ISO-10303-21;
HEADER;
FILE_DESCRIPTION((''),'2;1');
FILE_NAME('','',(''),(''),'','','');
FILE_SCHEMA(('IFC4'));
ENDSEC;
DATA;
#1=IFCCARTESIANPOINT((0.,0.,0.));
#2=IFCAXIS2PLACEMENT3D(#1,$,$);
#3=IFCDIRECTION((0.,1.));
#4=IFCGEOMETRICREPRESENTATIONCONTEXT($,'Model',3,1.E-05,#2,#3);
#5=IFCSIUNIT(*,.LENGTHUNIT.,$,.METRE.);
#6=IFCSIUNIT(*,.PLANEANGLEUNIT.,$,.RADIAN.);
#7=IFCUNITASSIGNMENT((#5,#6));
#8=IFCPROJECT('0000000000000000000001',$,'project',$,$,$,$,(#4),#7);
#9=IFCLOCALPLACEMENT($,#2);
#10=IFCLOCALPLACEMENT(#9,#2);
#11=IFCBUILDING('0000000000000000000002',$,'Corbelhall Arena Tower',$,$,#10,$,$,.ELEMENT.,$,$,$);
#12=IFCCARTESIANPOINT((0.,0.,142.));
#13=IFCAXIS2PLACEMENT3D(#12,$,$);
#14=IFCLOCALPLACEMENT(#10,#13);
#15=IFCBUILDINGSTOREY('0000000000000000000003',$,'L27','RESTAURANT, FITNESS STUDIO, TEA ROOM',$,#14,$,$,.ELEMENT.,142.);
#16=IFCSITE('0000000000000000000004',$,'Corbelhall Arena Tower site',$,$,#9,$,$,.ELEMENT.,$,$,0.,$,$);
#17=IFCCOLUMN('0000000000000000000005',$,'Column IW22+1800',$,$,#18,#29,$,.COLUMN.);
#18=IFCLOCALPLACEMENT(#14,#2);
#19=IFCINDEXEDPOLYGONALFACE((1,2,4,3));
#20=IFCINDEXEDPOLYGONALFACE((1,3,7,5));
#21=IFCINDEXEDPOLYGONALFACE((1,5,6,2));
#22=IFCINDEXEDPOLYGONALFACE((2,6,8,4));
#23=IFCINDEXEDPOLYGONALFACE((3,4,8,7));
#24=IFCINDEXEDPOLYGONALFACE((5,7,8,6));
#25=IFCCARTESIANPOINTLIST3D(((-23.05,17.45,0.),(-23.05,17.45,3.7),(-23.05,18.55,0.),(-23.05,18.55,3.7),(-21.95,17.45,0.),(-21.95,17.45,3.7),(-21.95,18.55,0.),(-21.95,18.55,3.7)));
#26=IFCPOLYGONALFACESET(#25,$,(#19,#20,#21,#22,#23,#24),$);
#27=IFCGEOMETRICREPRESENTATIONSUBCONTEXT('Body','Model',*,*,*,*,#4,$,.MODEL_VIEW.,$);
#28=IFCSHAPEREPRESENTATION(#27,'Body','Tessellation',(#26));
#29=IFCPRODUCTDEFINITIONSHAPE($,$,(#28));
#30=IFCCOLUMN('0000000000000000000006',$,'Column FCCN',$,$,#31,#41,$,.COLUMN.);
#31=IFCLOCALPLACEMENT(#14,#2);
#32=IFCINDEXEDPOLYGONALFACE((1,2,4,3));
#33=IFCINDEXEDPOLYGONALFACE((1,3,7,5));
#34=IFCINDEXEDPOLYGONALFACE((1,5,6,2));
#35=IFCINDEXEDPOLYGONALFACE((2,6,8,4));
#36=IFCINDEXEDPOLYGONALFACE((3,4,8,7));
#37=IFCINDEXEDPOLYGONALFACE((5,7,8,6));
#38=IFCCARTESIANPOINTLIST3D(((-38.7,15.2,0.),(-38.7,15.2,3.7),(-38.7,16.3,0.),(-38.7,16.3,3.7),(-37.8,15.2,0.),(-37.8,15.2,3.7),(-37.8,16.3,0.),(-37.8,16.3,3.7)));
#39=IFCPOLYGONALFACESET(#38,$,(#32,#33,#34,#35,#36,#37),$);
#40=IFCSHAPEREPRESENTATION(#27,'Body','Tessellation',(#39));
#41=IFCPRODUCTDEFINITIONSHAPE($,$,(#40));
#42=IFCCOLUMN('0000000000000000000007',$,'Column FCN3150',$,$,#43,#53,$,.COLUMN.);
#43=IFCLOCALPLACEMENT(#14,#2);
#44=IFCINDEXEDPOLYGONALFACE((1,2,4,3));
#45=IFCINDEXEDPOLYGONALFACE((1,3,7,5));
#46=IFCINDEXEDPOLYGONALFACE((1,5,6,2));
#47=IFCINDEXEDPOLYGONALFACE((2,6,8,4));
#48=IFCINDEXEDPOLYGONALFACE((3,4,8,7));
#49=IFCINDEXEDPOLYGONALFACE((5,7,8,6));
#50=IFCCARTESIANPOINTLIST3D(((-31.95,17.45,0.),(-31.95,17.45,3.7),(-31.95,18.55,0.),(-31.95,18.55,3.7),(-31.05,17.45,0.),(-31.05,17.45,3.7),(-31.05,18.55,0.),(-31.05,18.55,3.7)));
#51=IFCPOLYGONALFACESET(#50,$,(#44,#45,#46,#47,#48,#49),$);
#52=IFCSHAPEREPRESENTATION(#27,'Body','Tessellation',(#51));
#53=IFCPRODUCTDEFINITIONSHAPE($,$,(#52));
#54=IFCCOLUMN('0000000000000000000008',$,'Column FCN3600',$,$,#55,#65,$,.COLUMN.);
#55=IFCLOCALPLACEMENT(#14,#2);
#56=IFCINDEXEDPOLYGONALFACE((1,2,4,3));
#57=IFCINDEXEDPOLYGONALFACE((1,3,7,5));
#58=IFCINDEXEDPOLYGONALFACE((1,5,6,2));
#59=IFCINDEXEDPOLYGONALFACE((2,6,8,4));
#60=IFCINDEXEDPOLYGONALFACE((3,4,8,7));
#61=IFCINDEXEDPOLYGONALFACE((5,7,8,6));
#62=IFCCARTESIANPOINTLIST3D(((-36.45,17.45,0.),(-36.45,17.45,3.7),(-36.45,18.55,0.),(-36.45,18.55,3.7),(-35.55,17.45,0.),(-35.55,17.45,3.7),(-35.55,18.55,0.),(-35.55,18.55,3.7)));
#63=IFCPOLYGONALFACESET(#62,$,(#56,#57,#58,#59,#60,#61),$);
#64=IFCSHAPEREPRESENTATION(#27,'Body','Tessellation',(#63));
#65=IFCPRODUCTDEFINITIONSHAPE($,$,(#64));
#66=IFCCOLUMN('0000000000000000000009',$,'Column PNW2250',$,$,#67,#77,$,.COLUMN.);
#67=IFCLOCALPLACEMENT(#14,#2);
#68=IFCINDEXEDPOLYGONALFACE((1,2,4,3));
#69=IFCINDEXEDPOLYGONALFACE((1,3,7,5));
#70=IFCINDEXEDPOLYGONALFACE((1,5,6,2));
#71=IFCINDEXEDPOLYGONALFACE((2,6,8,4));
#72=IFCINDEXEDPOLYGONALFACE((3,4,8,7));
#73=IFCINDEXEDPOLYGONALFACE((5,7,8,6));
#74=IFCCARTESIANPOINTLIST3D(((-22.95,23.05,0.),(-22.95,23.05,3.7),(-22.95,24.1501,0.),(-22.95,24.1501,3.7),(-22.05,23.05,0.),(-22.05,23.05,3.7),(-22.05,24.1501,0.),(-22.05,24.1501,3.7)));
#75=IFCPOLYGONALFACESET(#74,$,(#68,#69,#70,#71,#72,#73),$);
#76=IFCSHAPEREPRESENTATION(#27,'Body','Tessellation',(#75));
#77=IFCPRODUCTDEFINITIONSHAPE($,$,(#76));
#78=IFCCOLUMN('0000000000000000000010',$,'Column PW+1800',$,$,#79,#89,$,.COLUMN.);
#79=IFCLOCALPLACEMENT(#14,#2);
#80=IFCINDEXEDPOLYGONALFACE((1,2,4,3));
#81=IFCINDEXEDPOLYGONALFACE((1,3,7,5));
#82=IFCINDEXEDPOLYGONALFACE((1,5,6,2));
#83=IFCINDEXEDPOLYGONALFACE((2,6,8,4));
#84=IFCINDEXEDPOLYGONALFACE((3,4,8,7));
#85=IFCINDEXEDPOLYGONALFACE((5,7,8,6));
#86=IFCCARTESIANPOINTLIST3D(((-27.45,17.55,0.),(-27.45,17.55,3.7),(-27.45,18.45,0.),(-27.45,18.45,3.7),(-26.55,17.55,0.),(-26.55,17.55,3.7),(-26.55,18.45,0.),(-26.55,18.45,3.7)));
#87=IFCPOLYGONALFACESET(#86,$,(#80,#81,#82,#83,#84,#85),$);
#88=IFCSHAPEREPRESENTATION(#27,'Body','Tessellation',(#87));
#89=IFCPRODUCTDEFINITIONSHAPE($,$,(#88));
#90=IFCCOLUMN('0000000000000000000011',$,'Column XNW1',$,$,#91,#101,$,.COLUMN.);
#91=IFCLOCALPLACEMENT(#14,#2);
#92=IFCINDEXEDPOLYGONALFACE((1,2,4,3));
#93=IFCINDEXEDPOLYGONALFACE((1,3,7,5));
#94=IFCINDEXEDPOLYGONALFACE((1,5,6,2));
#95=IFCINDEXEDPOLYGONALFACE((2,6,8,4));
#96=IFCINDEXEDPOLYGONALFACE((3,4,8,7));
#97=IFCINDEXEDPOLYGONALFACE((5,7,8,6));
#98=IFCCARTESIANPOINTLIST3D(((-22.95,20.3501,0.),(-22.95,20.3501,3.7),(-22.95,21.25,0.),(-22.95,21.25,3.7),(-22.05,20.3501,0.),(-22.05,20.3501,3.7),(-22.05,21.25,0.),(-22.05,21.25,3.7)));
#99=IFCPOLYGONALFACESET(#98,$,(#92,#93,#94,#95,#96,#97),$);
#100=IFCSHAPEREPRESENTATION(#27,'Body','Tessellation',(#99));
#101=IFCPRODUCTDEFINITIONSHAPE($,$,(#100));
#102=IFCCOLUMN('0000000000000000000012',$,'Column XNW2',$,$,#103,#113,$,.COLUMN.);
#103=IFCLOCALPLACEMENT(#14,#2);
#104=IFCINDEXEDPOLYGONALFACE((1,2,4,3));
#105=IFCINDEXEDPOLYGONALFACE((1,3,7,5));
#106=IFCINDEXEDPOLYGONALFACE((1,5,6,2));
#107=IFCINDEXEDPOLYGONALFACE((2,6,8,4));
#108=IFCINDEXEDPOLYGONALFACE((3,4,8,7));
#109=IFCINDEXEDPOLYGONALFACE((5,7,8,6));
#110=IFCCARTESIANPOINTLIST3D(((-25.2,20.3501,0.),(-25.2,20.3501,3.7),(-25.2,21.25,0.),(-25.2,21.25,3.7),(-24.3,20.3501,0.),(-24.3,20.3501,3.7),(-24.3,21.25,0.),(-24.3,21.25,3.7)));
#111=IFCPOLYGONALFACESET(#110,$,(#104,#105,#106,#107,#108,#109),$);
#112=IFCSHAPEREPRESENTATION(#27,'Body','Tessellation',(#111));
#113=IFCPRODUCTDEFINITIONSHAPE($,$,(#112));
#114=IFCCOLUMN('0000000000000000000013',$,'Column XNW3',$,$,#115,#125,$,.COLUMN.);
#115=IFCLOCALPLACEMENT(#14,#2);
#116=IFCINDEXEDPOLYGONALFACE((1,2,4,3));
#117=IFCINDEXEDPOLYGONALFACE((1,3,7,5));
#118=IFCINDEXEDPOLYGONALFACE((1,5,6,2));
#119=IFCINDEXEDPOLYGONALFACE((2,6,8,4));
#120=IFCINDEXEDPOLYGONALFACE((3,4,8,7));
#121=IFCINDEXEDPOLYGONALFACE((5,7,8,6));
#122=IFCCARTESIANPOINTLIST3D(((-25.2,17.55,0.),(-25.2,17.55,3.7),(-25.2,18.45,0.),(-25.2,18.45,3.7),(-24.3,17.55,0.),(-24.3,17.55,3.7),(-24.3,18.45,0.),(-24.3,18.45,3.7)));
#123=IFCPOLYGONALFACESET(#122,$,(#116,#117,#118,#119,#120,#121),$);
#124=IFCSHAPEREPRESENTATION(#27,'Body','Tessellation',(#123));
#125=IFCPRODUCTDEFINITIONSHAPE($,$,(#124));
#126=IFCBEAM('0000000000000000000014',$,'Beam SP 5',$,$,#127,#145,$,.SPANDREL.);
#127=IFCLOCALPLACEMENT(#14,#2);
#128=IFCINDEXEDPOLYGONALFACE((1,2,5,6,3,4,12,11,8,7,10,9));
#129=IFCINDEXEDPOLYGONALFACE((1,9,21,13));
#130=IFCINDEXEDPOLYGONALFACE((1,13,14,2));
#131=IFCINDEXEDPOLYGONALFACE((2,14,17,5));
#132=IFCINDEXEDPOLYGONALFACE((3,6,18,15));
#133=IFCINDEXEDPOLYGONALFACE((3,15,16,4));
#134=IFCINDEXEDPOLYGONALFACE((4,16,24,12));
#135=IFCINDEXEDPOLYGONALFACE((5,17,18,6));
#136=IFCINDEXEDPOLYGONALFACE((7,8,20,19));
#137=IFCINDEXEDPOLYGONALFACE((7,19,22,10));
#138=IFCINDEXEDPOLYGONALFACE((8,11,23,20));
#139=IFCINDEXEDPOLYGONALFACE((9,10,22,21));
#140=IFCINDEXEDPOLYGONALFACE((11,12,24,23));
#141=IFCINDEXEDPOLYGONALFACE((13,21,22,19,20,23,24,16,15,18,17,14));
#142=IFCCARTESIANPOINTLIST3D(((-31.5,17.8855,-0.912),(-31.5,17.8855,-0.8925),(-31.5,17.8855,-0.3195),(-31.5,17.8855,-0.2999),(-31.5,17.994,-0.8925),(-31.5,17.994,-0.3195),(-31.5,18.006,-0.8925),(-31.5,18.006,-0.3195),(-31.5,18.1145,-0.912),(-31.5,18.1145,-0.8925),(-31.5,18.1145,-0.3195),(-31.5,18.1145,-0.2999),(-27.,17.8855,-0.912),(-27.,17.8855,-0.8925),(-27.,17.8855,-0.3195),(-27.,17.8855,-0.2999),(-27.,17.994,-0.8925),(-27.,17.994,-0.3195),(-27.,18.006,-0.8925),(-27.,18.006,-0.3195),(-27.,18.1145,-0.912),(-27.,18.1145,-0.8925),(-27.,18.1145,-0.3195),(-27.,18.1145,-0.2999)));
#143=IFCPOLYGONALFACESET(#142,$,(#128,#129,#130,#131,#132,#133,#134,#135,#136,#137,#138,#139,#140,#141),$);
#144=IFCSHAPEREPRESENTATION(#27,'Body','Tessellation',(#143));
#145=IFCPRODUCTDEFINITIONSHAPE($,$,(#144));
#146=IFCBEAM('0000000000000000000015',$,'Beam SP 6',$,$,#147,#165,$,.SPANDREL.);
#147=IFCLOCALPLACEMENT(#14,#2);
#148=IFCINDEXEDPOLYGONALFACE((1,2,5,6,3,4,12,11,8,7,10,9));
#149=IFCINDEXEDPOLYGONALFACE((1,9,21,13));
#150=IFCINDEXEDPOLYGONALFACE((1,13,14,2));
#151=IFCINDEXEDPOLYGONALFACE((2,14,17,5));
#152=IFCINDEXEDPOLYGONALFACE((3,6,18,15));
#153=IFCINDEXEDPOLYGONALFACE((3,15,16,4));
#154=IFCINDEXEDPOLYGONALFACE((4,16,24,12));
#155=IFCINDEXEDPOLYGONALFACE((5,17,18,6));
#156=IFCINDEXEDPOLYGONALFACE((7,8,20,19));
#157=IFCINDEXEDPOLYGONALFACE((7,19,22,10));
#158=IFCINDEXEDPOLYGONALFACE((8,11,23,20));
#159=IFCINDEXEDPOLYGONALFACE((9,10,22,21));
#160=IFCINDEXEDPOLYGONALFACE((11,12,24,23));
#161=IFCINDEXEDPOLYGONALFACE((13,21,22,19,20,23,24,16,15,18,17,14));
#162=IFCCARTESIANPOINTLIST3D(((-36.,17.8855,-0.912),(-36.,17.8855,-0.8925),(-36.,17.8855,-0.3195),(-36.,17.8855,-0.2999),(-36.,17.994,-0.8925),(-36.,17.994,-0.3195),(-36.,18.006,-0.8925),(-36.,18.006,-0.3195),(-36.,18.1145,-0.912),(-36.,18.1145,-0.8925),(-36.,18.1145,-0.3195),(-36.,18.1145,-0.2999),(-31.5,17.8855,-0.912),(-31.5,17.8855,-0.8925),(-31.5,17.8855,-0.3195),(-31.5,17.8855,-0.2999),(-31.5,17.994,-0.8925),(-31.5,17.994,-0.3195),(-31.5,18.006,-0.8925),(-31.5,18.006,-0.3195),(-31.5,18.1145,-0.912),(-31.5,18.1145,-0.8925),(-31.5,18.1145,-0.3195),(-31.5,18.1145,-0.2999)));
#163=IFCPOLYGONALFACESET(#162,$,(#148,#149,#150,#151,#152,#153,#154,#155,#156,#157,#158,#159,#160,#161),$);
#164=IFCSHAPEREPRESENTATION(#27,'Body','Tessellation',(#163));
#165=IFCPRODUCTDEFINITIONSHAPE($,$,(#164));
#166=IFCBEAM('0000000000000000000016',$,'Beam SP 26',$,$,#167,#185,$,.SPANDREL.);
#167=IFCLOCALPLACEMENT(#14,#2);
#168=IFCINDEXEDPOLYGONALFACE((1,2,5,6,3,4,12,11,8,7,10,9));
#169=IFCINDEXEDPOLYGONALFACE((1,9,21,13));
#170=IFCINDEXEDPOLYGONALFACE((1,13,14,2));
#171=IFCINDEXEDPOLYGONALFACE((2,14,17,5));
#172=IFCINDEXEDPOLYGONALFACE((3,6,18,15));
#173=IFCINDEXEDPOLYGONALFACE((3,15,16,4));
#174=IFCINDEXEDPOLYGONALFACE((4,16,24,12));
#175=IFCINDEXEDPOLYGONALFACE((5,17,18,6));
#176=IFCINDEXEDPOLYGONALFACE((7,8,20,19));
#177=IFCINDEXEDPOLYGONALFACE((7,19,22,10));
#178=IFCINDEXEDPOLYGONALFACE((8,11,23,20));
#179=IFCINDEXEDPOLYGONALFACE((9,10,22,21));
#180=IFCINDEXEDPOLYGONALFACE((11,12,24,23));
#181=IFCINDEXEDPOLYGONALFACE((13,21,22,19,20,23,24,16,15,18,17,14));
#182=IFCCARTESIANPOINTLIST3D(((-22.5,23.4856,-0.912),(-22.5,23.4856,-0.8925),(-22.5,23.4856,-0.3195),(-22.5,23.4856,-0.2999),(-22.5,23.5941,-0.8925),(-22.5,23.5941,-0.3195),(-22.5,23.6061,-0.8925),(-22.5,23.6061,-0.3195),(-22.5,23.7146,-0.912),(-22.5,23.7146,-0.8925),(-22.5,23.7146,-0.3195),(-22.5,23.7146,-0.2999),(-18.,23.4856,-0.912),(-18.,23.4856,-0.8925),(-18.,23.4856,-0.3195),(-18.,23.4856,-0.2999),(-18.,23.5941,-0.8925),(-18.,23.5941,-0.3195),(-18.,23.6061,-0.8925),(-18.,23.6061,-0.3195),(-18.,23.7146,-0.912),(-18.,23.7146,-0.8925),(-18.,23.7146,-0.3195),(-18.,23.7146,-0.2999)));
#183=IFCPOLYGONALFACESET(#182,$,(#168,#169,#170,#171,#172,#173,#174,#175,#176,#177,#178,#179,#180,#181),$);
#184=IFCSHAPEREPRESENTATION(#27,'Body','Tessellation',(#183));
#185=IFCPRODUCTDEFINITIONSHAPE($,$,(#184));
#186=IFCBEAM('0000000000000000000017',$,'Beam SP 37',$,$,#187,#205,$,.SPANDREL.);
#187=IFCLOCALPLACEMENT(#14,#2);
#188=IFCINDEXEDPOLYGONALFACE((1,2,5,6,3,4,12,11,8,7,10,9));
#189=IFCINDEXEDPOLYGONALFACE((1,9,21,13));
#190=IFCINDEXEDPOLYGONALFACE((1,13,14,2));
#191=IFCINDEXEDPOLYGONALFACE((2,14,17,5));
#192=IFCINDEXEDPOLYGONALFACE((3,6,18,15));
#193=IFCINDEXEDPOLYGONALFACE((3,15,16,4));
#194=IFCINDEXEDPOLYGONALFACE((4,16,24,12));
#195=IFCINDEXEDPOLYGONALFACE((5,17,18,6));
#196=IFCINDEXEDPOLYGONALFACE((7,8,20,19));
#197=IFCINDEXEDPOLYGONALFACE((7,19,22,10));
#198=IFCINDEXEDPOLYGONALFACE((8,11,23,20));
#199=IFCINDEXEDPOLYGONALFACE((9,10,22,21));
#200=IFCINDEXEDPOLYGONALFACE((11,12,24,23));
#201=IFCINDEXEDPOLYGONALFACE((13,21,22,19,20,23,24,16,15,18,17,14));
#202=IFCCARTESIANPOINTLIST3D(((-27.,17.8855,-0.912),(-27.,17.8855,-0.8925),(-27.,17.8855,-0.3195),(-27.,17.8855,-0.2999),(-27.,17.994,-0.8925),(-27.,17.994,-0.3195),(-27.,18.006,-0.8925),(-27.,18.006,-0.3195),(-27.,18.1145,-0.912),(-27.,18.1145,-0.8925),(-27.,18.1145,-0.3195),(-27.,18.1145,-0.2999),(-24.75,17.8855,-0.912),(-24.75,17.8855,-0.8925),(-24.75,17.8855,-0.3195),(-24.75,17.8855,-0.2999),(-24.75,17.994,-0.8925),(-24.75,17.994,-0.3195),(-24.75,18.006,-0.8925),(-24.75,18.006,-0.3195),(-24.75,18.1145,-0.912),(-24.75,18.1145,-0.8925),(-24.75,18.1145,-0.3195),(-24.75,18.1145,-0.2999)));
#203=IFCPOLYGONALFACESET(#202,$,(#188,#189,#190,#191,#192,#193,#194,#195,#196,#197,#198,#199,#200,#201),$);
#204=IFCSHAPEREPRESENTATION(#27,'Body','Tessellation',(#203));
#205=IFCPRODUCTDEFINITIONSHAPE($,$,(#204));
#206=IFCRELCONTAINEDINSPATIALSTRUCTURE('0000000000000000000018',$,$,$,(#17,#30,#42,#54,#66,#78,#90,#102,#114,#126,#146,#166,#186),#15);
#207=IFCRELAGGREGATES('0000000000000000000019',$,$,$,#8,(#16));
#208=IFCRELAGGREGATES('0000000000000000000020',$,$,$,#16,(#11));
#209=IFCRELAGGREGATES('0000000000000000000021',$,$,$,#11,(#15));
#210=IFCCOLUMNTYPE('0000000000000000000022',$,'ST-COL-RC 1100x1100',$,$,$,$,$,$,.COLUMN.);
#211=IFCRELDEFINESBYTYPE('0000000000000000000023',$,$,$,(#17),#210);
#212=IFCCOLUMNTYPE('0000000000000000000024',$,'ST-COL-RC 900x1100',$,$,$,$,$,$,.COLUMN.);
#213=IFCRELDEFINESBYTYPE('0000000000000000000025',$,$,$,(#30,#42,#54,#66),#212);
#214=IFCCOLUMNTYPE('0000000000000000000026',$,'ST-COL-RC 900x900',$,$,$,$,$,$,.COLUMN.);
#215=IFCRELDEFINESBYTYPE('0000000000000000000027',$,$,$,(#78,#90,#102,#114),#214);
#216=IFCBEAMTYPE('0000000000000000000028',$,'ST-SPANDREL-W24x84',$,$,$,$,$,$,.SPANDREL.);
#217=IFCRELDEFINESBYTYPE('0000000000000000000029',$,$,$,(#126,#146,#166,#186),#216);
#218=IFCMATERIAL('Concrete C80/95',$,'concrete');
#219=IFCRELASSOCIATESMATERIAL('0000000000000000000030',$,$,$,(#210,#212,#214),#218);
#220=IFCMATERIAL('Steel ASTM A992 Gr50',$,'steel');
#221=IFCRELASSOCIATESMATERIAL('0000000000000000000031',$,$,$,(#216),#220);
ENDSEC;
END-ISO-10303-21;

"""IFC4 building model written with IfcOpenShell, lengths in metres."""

from ifc_helpers import new_model, si_unit, direction, frame, origin, origin_2d, place, context, subcontext, project, spatial, rectangle, i_section, extrude, material, material_profile, profile_set, type_object, element, save


model = new_model("IFC4")

# Units and contexts
model_context = context("Model", 3, precision=1e-05, world=origin(), true_north=direction((0.0, 1.0)))
body_context = subcontext(model_context, "Body", "Model", "MODEL_VIEW")
ifc_project = project(units=[si_unit("LENGTHUNIT", "METRE"), si_unit("PLANEANGLEUNIT", "RADIAN")], contexts=[model_context])

# Site, building, storey
site_placement = place(None, origin())
site = spatial("IfcSite", under=ifc_project, at=site_placement, Name="Corbelhall Arena Tower site", CompositionType="ELEMENT", RefElevation=0.0)
building_placement = place(site_placement, origin())
building = spatial("IfcBuilding", under=site, at=building_placement, Name="Corbelhall Arena Tower", CompositionType="ELEMENT")
storey_placement = place(building_placement, frame((0.0, 0.0, 142.0)))
storey = spatial("IfcBuildingStorey", under=building, at=storey_placement, Name="L27", Description="RESTAURANT, FITNESS STUDIO, TEA ROOM", CompositionType="ELEMENT", Elevation=142.0)

# Columns
ifc_material_1 = material(Name="Concrete C80/95", Category="concrete")
ifc_material_profile_1 = material_profile(ifc_material_1, rectangle(XDim=1.1001, YDim=1.1001, at=origin_2d()))
ifc_profile_set_1 = profile_set([ifc_material_profile_1], Name="Concrete C80/95")
column_type_1 = type_object("IfcColumnType", Name="ST-COL-RC 1100x1100", PredefinedType="COLUMN", material=ifc_profile_set_1)
column_placement = place(storey_placement, frame((-22.5, 18.0, 0.0), z_axis=(0.0, 0.0, 1.0), x_axis=(1.0, 0.0, 0.0)))
element("IfcColumn", 1, at=column_placement, inside=storey, type_object=column_type_1, Name="Column IW22+1800", PredefinedType="COLUMN", context=body_context, shape_type="SweptSolid", body=[
    extrude(rectangle(XDim=1.1001, YDim=1.1001, at=origin_2d()), origin(), (0.0, 0.0, 1.0), 3.7),
])
ifc_material_profile_2 = material_profile(ifc_material_1, rectangle(XDim=0.8999, YDim=1.1001, at=origin_2d()))
ifc_profile_set_2 = profile_set([ifc_material_profile_2], Name="Concrete C80/95")
column_type_2 = type_object("IfcColumnType", Name="ST-COL-RC 900x1100", PredefinedType="COLUMN", material=ifc_profile_set_2)
for number, where, z_axis, x_axis, name in (
    (2, (-38.25, 15.75, 0.0), (0.0, 0.0, 1.0), (1.0, 0.0, 0.0), "Column FCCN"),
    (3, (-31.5, 18.0, 0.0), (0.0, 0.0, 1.0), (1.0, 0.0, 0.0), "Column FCN3150"),
    (4, (-36.0, 18.0, 0.0), (0.0, 0.0, 1.0), (1.0, 0.0, 0.0), "Column FCN3600"),
    (5, (-22.5, 23.6001, 0.0), (0.0, 0.0, 1.0), (1.0, 0.0, 0.0), "Column PNW2250"),
):
    element("IfcColumn", number, at=place(storey_placement, frame(where, z_axis=z_axis, x_axis=x_axis)), inside=storey, type_object=column_type_2, Name=name, PredefinedType="COLUMN", context=body_context, shape_type="SweptSolid", body=[
        extrude(rectangle(XDim=0.8999, YDim=1.1001, at=origin_2d()), origin(), (0.0, 0.0, 1.0), 3.7),
    ])
ifc_material_profile_3 = material_profile(ifc_material_1, rectangle(XDim=0.8999, YDim=0.8999, at=origin_2d()))
ifc_profile_set_3 = profile_set([ifc_material_profile_3], Name="Concrete C80/95")
column_type_3 = type_object("IfcColumnType", Name="ST-COL-RC 900x900", PredefinedType="COLUMN", material=ifc_profile_set_3)
for number, where, z_axis, x_axis, name in (
    (6, (-27.0, 18.0, 0.0), (0.0, 0.0, 1.0), (1.0, 0.0, 0.0), "Column PW+1800"),
    (7, (-22.5, 20.8, 0.0), (0.0, 0.0, 1.0), (1.0, 0.0, 0.0), "Column XNW1"),
    (8, (-24.75, 20.8, 0.0), (0.0, 0.0, 1.0), (1.0, 0.0, 0.0), "Column XNW2"),
    (9, (-24.75, 18.0, 0.0), (0.0, 0.0, 1.0), (1.0, 0.0, 0.0), "Column XNW3"),
):
    element("IfcColumn", number, at=place(storey_placement, frame(where, z_axis=z_axis, x_axis=x_axis)), inside=storey, type_object=column_type_3, Name=name, PredefinedType="COLUMN", context=body_context, shape_type="SweptSolid", body=[
        extrude(rectangle(XDim=0.8999, YDim=0.8999, at=origin_2d()), origin(), (0.0, 0.0, 1.0), 3.7),
    ])

# Beams
ifc_material_2 = material(Name="Steel ASTM A992 Gr50", Category="steel")
ifc_material_profile_4 = material_profile(ifc_material_2, i_section(OverallWidth=0.229, OverallDepth=0.6121, WebThickness=0.012, FlangeThickness=0.0195, at=origin_2d()))
ifc_profile_set_4 = profile_set([ifc_material_profile_4], Name="Steel ASTM A992 Gr50")
beam_type = type_object("IfcBeamType", Name="ST-SPANDREL-W24x84", PredefinedType="SPANDREL", material=ifc_profile_set_4)
for number, where, z_axis, x_axis, name in (
    (10, (-31.5, 18.0, -0.606), (1.0, 0.0, 0.0), (0.0, 1.0, 0.0), "Beam SP 5"),
    (11, (-36.0, 18.0, -0.606), (1.0, 0.0, 0.0), (0.0, 1.0, 0.0), "Beam SP 6"),
    (12, (-22.5, 23.6001, -0.606), (1.0, 0.0, 0.0), (0.0, 1.0, 0.0), "Beam SP 26"),
):
    element("IfcBeam", number, at=place(storey_placement, frame(where, z_axis=z_axis, x_axis=x_axis)), inside=storey, type_object=beam_type, Name=name, PredefinedType="SPANDREL", context=body_context, shape_type="SweptSolid", body=[
        extrude(i_section(OverallWidth=0.229, OverallDepth=0.6121, WebThickness=0.012, FlangeThickness=0.0195, at=origin_2d()), origin(), (0.0, 0.0, 1.0), 4.5),
    ])
beam_1_placement = place(storey_placement, frame((-27.0, 18.0, -0.606), z_axis=(1.0, 0.0, 0.0), x_axis=(0.0, 1.0, 0.0)))
element("IfcBeam", 13, at=beam_1_placement, inside=storey, type_object=beam_type, Name="Beam SP 37", PredefinedType="SPANDREL", context=body_context, shape_type="SweptSolid", body=[
    extrude(i_section(OverallWidth=0.229, OverallDepth=0.6121, WebThickness=0.012, FlangeThickness=0.0195, at=origin_2d()), origin(), (0.0, 0.0, 1.0), 2.25),
])

save(model, "model.ifc")
